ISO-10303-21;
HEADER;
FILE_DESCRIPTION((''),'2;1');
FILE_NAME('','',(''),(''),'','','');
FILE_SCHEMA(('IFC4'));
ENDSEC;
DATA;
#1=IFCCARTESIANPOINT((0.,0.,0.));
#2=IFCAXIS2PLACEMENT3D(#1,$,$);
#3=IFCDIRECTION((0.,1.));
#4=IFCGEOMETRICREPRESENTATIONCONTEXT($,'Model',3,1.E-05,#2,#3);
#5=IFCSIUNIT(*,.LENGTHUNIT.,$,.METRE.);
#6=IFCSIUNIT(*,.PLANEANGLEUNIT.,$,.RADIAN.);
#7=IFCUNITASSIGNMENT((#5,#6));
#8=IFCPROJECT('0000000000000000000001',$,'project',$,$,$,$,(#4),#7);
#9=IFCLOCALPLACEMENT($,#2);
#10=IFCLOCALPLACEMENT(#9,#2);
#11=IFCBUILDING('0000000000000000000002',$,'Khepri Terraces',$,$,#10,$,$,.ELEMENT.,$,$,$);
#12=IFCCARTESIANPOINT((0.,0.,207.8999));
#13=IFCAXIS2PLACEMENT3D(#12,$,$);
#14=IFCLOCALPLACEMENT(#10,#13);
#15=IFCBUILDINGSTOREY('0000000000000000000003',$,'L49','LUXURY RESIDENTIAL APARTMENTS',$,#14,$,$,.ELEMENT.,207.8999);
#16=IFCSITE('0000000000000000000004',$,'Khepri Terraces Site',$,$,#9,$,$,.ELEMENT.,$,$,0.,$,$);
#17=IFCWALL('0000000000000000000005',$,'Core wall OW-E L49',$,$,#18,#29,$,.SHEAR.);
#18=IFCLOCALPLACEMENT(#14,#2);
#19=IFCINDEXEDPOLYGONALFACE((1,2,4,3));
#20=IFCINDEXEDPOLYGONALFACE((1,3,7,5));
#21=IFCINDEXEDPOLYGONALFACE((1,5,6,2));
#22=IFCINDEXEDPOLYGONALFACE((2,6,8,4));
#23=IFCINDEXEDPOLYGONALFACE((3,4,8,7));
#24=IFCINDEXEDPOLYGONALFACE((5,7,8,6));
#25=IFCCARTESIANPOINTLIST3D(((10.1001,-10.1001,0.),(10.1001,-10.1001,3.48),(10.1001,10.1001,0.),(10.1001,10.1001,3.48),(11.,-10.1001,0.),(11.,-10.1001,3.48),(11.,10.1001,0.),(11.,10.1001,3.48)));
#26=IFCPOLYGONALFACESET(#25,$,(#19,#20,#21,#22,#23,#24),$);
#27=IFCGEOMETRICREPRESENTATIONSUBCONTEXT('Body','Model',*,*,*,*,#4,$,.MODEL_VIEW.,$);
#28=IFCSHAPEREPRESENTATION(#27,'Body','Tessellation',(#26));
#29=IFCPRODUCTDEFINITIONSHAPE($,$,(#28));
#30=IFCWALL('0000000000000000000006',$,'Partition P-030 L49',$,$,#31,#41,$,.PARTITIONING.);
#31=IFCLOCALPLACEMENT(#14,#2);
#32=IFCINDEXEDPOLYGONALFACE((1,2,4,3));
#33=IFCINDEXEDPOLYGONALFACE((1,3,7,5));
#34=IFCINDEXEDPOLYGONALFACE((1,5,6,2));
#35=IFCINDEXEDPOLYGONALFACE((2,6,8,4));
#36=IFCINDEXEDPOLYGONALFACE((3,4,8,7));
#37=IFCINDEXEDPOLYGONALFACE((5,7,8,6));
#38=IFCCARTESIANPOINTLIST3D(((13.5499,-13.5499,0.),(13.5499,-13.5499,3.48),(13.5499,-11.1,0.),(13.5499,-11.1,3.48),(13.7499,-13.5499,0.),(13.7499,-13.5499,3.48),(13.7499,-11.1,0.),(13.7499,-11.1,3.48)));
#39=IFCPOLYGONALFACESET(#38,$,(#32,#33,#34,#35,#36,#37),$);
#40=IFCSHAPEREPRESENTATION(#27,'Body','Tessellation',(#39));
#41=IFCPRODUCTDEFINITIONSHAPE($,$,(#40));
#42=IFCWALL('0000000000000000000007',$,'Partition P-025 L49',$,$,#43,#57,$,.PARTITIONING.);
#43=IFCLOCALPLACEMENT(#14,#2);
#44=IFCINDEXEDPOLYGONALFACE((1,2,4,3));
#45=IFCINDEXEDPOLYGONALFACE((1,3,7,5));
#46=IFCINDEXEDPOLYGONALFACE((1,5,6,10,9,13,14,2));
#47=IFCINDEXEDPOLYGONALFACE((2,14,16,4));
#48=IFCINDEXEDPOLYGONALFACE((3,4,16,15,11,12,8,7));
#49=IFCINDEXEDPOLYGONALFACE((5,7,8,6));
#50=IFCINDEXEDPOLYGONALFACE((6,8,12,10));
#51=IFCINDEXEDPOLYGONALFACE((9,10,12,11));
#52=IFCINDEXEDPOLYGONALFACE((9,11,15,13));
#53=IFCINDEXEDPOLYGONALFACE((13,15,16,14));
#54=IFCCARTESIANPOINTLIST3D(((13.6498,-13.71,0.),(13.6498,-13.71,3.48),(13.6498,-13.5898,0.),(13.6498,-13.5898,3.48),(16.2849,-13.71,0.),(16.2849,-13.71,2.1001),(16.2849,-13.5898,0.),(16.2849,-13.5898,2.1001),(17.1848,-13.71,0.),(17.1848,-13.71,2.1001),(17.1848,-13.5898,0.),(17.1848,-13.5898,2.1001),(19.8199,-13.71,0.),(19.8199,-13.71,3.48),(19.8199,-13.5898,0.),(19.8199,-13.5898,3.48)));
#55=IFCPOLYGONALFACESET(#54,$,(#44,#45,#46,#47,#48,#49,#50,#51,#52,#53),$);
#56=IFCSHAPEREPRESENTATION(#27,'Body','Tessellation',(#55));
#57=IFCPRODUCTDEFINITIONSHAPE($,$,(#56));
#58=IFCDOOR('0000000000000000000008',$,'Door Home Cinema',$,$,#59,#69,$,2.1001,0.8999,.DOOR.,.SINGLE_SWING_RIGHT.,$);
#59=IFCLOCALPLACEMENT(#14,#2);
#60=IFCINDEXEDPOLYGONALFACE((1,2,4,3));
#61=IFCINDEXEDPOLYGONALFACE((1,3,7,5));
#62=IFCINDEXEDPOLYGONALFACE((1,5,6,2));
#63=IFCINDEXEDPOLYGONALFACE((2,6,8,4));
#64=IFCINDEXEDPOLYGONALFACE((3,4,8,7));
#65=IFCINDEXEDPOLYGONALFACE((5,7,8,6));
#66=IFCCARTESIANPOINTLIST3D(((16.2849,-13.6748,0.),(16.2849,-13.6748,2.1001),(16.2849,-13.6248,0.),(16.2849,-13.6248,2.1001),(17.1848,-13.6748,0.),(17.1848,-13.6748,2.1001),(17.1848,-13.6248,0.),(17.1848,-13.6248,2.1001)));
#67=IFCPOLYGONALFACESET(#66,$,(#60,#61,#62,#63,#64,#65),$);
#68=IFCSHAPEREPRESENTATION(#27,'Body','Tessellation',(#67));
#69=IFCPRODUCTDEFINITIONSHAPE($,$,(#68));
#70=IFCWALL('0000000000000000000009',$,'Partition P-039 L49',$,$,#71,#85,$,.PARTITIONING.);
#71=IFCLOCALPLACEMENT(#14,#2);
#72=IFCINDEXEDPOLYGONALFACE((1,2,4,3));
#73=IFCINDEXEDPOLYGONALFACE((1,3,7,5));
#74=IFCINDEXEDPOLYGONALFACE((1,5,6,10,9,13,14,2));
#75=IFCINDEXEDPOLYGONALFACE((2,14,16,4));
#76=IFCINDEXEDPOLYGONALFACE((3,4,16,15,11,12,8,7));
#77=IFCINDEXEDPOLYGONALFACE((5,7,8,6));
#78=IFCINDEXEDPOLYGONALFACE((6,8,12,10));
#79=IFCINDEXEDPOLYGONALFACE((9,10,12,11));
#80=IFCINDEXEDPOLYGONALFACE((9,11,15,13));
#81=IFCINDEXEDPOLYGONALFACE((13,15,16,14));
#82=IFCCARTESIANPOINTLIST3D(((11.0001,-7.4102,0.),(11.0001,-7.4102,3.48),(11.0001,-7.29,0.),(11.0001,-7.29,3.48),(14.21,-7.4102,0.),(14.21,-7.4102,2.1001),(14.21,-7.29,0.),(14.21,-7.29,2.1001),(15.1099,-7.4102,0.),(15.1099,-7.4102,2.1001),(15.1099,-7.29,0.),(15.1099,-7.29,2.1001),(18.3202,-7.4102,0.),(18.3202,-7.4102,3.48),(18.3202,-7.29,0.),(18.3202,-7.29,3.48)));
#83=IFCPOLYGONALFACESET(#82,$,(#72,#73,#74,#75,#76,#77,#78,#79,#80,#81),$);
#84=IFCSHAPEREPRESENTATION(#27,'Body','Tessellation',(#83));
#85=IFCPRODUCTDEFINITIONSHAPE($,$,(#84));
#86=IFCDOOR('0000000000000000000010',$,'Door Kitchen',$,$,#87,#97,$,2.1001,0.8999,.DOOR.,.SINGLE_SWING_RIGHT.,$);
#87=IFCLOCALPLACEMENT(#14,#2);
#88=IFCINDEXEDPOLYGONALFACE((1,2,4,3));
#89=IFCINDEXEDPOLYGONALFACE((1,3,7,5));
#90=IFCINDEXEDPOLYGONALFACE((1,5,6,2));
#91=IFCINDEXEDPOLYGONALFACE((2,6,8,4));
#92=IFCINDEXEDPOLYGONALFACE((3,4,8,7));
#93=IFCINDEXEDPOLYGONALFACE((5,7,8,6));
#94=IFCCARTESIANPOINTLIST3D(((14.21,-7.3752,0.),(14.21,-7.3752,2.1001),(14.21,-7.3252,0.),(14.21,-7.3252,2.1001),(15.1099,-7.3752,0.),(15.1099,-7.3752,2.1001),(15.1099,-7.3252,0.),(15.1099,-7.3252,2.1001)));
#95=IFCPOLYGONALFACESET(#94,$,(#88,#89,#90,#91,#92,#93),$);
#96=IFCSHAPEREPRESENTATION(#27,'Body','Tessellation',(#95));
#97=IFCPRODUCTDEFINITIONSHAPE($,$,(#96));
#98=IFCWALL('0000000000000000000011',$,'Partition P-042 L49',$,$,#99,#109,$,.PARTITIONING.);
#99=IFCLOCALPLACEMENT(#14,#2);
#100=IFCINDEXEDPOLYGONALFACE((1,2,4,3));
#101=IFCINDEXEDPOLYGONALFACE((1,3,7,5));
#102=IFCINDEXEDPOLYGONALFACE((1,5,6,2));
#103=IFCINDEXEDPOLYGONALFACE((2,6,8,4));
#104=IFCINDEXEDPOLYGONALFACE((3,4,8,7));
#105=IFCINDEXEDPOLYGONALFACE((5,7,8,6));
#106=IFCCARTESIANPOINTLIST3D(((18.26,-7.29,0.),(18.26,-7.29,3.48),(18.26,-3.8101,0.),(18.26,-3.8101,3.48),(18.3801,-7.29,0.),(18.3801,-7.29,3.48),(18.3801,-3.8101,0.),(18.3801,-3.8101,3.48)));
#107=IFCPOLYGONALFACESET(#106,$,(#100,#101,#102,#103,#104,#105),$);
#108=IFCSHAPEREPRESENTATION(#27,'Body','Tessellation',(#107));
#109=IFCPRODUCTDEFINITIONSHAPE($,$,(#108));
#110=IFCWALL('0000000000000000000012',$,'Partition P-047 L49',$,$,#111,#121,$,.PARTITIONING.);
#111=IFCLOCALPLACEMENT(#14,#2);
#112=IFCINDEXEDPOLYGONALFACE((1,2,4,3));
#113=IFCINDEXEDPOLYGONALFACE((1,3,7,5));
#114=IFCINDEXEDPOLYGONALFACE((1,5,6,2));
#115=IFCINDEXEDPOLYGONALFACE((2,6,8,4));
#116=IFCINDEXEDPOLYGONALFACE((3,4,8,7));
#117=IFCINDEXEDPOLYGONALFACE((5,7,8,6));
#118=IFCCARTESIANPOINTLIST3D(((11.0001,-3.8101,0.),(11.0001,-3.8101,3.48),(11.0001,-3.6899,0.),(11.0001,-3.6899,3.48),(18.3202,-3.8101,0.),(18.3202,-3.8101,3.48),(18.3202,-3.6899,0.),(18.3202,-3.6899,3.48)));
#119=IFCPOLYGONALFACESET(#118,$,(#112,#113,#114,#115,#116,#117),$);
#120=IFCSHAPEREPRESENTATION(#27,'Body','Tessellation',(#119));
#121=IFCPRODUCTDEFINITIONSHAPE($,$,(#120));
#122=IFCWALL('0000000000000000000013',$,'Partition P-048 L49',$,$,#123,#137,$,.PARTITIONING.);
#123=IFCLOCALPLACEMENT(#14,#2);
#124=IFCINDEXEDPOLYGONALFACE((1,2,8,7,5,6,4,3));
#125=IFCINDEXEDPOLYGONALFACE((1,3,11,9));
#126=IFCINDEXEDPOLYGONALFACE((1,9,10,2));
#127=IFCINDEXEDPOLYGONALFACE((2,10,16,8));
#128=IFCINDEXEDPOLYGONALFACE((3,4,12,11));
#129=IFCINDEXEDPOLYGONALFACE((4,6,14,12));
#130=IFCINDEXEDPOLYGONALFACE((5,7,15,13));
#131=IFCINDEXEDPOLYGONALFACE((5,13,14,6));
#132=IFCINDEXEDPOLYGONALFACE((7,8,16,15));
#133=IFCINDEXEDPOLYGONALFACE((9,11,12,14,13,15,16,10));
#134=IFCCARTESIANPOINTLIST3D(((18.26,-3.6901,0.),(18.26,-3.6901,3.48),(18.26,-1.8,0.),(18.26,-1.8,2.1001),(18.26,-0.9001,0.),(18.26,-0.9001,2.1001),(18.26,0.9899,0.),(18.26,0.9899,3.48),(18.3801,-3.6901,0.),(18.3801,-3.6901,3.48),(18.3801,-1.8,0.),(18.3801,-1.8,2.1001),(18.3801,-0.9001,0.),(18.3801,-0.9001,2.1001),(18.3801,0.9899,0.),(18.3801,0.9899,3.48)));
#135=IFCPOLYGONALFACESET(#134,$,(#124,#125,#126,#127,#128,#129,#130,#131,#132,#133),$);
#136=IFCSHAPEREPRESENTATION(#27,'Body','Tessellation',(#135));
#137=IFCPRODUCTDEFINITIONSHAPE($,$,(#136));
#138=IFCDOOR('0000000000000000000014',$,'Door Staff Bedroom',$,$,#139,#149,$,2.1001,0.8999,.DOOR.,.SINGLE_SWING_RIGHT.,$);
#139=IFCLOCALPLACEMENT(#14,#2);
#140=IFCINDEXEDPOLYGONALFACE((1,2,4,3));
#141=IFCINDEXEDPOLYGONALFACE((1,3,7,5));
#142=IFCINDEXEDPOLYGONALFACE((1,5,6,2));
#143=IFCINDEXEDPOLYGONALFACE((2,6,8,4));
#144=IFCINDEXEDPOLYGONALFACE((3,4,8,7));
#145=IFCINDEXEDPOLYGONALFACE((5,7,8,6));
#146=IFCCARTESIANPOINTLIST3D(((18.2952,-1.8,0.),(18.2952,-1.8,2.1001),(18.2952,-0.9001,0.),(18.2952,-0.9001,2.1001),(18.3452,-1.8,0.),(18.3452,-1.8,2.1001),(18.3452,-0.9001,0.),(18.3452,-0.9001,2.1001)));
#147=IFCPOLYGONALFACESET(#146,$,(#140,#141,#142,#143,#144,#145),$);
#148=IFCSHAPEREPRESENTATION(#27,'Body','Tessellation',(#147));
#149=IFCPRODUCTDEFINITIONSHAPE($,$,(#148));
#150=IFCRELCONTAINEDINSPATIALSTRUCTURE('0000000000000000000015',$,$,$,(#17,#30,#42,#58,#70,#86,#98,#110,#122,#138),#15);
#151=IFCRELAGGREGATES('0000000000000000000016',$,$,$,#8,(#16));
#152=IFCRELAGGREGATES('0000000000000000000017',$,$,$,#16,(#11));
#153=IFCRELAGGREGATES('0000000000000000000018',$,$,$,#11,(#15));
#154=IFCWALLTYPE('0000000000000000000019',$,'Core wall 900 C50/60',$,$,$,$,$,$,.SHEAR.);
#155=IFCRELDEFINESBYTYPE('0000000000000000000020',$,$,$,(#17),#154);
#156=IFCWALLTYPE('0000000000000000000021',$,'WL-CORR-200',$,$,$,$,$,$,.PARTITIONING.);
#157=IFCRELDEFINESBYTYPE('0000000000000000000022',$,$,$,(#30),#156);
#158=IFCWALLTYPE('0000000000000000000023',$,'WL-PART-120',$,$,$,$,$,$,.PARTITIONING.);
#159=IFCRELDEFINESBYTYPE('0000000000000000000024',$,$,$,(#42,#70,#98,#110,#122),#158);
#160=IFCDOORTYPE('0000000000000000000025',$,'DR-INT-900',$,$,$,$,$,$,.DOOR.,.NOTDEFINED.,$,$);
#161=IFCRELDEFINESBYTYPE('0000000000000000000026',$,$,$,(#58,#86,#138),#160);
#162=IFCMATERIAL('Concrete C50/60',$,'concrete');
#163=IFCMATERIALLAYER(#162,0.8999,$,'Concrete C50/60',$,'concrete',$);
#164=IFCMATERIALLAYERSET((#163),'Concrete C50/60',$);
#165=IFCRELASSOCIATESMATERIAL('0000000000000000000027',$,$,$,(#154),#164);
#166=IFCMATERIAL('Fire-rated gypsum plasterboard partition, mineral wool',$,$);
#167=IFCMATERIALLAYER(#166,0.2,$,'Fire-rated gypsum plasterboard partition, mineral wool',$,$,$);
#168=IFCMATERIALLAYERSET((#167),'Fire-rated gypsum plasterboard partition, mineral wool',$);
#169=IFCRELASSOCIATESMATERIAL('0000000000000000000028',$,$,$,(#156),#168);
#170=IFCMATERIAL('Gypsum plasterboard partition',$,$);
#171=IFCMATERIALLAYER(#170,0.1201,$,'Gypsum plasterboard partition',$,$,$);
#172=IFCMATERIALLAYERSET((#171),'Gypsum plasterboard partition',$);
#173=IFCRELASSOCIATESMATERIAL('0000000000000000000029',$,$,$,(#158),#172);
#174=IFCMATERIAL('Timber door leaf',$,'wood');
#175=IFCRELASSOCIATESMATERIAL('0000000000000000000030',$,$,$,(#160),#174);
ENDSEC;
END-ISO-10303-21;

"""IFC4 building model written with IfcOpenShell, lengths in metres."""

from ifc_helpers import new_model, si_unit, direction, frame, frame_2d, origin, place, context, subcontext, project, spatial, rectangle, extrude, material, layer, layer_set, type_object, element, fill, save


model = new_model("IFC4")

# Units and contexts
model_context = context("Model", 3, precision=1e-05, world=origin(), true_north=direction((0.0, 1.0)))
body_context = subcontext(model_context, "Body", "Model", "MODEL_VIEW")
ifc_project = project(units=[si_unit("LENGTHUNIT", "METRE"), si_unit("PLANEANGLEUNIT", "RADIAN")], contexts=[model_context])

# Site, building, storey
site_placement = place(None, origin())
site = spatial("IfcSite", under=ifc_project, at=site_placement, Name="Khepri Terraces Site", CompositionType="ELEMENT", RefElevation=0.0)
building_placement = place(site_placement, origin())
building = spatial("IfcBuilding", under=site, at=building_placement, Name="Khepri Terraces", CompositionType="ELEMENT")
storey_placement = place(building_placement, frame((0.0, 0.0, 207.8999)))
storey = spatial("IfcBuildingStorey", under=building, at=storey_placement, Name="L49", Description="LUXURY RESIDENTIAL APARTMENTS", CompositionType="ELEMENT", Elevation=207.8999)

# Walls
ifc_material_1 = material(Name="Concrete C50/60", Category="concrete")
ifc_layer_1 = layer(ifc_material_1, 0.8999, Name="Concrete C50/60", Category="concrete")
ifc_layer_set_1 = layer_set([ifc_layer_1], Name="Concrete C50/60")
wall_type_1 = type_object("IfcWallType", Name="Core wall 900 C50/60", PredefinedType="SHEAR", material=ifc_layer_set_1)
wall_1_placement = place(storey_placement, frame((10.55, -10.1001, 0.0), z_axis=(0.0, 0.0, 1.0), x_axis=(0.0, 1.0, 0.0)))
element("IfcWall", 1, at=wall_1_placement, inside=storey, type_object=wall_type_1, Name="Core wall OW-E L49", PredefinedType="SHEAR", context=body_context, shape_type="SweptSolid", body=[
    extrude(rectangle(XDim=20.2002, YDim=0.8999, at=frame_2d((10.1001, 0.0))), origin(), (0.0, 0.0, 1.0), 3.48),
])
ifc_material_2 = material(Name="Fire-rated gypsum plasterboard partition, mineral wool")
ifc_layer_2 = layer(ifc_material_2, 0.2, Name="Fire-rated gypsum plasterboard partition, mineral wool")
ifc_layer_set_2 = layer_set([ifc_layer_2], Name="Fire-rated gypsum plasterboard partition, mineral wool")
wall_type_2 = type_object("IfcWallType", Name="WL-CORR-200", PredefinedType="PARTITIONING", material=ifc_layer_set_2)
wall_2_placement = place(storey_placement, frame((13.6499, -13.55, 0.0), z_axis=(0.0, 0.0, 1.0), x_axis=(0.0, 1.0, 0.0)))
element("IfcWall", 2, at=wall_2_placement, inside=storey, type_object=wall_type_2, Name="Partition P-030 L49", PredefinedType="PARTITIONING", context=body_context, shape_type="SweptSolid", body=[
    extrude(rectangle(XDim=2.45, YDim=0.2, at=frame_2d((1.2251, 0.0))), origin(), (0.0, 0.0, 1.0), 3.48),
])

# Walls, openings, doors
ifc_material_3 = material(Name="Gypsum plasterboard partition")
ifc_layer_3 = layer(ifc_material_3, 0.1201, Name="Gypsum plasterboard partition")
ifc_layer_set_3 = layer_set([ifc_layer_3], Name="Gypsum plasterboard partition")
wall_type_3 = type_object("IfcWallType", Name="WL-PART-120", PredefinedType="PARTITIONING", material=ifc_layer_set_3)
wall_3_placement = place(storey_placement, frame((13.6499, -13.6499, 0.0), z_axis=(0.0, 0.0, 1.0), x_axis=(1.0, 0.0, 0.0)))
wall_3 = element("IfcWall", 3, at=wall_3_placement, inside=storey, type_object=wall_type_3, Name="Partition P-025 L49", PredefinedType="PARTITIONING", context=body_context, shape_type="SweptSolid", body=[
    extrude(rectangle(XDim=6.1702, YDim=0.1201, at=frame_2d((3.085, 0.0))), origin(), (0.0, 0.0, 1.0), 3.48),
])
opening_1_placement = place(wall_3_placement, frame((2.635, 0.0, 0.0)))
opening_1 = element("IfcOpeningElement", 4, at=opening_1_placement, cuts=wall_3, PredefinedType="OPENING", context=body_context, shape_type="SweptSolid", body=[
    extrude(rectangle(XDim=0.8999, YDim=2.1001, at=frame_2d((0.45, 1.05))), frame((0.0, 0.0701, 0.0), z_axis=(0.0, -1.0, 0.0), x_axis=(1.0, 0.0, 0.0)), (0.0, 0.0, 1.0), 0.1401),
])
ifc_material_4 = material(Name="Timber door leaf", Category="wood")
door_type_1 = type_object("IfcDoorType", Name="DR-INT-900", OperationType="NOTDEFINED", PredefinedType="DOOR", material=ifc_material_4)
door_1_placement = place(opening_1_placement, frame((0.8999, 0.0, 0.0), z_axis=(0.0, 0.0, 1.0), x_axis=(-1.0, 0.0, 0.0)))
door_1 = element("IfcDoor", 5, at=door_1_placement, inside=storey, type_object=door_type_1, Name="Door Home Cinema", OperationType="SINGLE_SWING_RIGHT", OverallHeight=2.1001, OverallWidth=0.8999, PredefinedType="DOOR", context=body_context, shape_type="SweptSolid", body=[
    extrude(rectangle(XDim=0.8999, YDim=2.1001, at=frame_2d((0.45, 1.05))), frame((0.0, 0.0249, 0.0), z_axis=(0.0, -1.0, 0.0), x_axis=(1.0, 0.0, 0.0)), (0.0, 0.0, 1.0), 0.05),
])
fill(opening_1, door_1)
wall_4_placement = place(storey_placement, frame((11.0, -7.3501, 0.0), z_axis=(0.0, 0.0, 1.0), x_axis=(1.0, 0.0, 0.0)))
wall_4 = element("IfcWall", 6, at=wall_4_placement, inside=storey, type_object=wall_type_3, Name="Partition P-039 L49", PredefinedType="PARTITIONING", context=body_context, shape_type="SweptSolid", body=[
    extrude(rectangle(XDim=7.3201, YDim=0.1201, at=frame_2d((3.6602, 0.0))), origin(), (0.0, 0.0, 1.0), 3.48),
])
opening_2_placement = place(wall_4_placement, frame((3.21, 0.0, 0.0)))
opening_2 = element("IfcOpeningElement", 7, at=opening_2_placement, cuts=wall_4, PredefinedType="OPENING", context=body_context, shape_type="SweptSolid", body=[
    extrude(rectangle(XDim=0.8999, YDim=2.1001, at=frame_2d((0.45, 1.05))), frame((0.0, 0.0701, 0.0), z_axis=(0.0, -1.0, 0.0), x_axis=(1.0, 0.0, 0.0)), (0.0, 0.0, 1.0), 0.1401),
])
door_2_placement = place(opening_2_placement, origin())
door_2 = element("IfcDoor", 8, at=door_2_placement, inside=storey, type_object=door_type_1, Name="Door Kitchen", OperationType="SINGLE_SWING_RIGHT", OverallHeight=2.1001, OverallWidth=0.8999, PredefinedType="DOOR", context=body_context, shape_type="SweptSolid", body=[
    extrude(rectangle(XDim=0.8999, YDim=2.1001, at=frame_2d((0.45, 1.05))), frame((0.0, 0.0249, 0.0), z_axis=(0.0, -1.0, 0.0), x_axis=(1.0, 0.0, 0.0)), (0.0, 0.0, 1.0), 0.05),
])
fill(opening_2, door_2)

# Walls
wall_5_placement = place(storey_placement, frame((18.3201, -7.29, 0.0), z_axis=(0.0, 0.0, 1.0), x_axis=(0.0, 1.0, 0.0)))
element("IfcWall", 9, at=wall_5_placement, inside=storey, type_object=wall_type_3, Name="Partition P-042 L49", PredefinedType="PARTITIONING", context=body_context, shape_type="SweptSolid", body=[
    extrude(rectangle(XDim=3.48, YDim=0.1201, at=frame_2d((1.74, 0.0))), origin(), (0.0, 0.0, 1.0), 3.48),
])
wall_6_placement = place(storey_placement, frame((11.0, -3.75, 0.0), z_axis=(0.0, 0.0, 1.0), x_axis=(1.0, 0.0, 0.0)))
element("IfcWall", 10, at=wall_6_placement, inside=storey, type_object=wall_type_3, Name="Partition P-047 L49", PredefinedType="PARTITIONING", context=body_context, shape_type="SweptSolid", body=[
    extrude(rectangle(XDim=7.3201, YDim=0.1201, at=frame_2d((3.6602, 0.0))), origin(), (0.0, 0.0, 1.0), 3.48),
])

# Wall, opening, door
wall_7_placement = place(storey_placement, frame((18.3201, -3.6899, 0.0), z_axis=(0.0, 0.0, 1.0), x_axis=(0.0, 1.0, 0.0)))
wall_7 = element("IfcWall", 11, at=wall_7_placement, inside=storey, type_object=wall_type_3, Name="Partition P-048 L49", PredefinedType="PARTITIONING", context=body_context, shape_type="SweptSolid", body=[
    extrude(rectangle(XDim=4.6799, YDim=0.1201, at=frame_2d((2.3398, 0.0))), origin(), (0.0, 0.0, 1.0), 3.48),
])
opening_3_placement = place(wall_7_placement, frame((1.8899, 0.0, 0.0)))
opening_3 = element("IfcOpeningElement", 12, at=opening_3_placement, cuts=wall_7, PredefinedType="OPENING", context=body_context, shape_type="SweptSolid", body=[
    extrude(rectangle(XDim=0.8999, YDim=2.1001, at=frame_2d((0.45, 1.05))), frame((0.0, 0.0701, 0.0), z_axis=(0.0, -1.0, 0.0), x_axis=(1.0, 0.0, 0.0)), (0.0, 0.0, 1.0), 0.1401),
])
door_3_placement = place(opening_3_placement, origin())
door_3 = element("IfcDoor", 13, at=door_3_placement, inside=storey, type_object=door_type_1, Name="Door Staff Bedroom", OperationType="SINGLE_SWING_RIGHT", OverallHeight=2.1001, OverallWidth=0.8999, PredefinedType="DOOR", context=body_context, shape_type="SweptSolid", body=[
    extrude(rectangle(XDim=0.8999, YDim=2.1001, at=frame_2d((0.45, 1.05))), frame((0.0, 0.0249, 0.0), z_axis=(0.0, -1.0, 0.0), x_axis=(1.0, 0.0, 0.0)), (0.0, 0.0, 1.0), 0.05),
])
fill(opening_3, door_3)

save(model, "model.ifc")
